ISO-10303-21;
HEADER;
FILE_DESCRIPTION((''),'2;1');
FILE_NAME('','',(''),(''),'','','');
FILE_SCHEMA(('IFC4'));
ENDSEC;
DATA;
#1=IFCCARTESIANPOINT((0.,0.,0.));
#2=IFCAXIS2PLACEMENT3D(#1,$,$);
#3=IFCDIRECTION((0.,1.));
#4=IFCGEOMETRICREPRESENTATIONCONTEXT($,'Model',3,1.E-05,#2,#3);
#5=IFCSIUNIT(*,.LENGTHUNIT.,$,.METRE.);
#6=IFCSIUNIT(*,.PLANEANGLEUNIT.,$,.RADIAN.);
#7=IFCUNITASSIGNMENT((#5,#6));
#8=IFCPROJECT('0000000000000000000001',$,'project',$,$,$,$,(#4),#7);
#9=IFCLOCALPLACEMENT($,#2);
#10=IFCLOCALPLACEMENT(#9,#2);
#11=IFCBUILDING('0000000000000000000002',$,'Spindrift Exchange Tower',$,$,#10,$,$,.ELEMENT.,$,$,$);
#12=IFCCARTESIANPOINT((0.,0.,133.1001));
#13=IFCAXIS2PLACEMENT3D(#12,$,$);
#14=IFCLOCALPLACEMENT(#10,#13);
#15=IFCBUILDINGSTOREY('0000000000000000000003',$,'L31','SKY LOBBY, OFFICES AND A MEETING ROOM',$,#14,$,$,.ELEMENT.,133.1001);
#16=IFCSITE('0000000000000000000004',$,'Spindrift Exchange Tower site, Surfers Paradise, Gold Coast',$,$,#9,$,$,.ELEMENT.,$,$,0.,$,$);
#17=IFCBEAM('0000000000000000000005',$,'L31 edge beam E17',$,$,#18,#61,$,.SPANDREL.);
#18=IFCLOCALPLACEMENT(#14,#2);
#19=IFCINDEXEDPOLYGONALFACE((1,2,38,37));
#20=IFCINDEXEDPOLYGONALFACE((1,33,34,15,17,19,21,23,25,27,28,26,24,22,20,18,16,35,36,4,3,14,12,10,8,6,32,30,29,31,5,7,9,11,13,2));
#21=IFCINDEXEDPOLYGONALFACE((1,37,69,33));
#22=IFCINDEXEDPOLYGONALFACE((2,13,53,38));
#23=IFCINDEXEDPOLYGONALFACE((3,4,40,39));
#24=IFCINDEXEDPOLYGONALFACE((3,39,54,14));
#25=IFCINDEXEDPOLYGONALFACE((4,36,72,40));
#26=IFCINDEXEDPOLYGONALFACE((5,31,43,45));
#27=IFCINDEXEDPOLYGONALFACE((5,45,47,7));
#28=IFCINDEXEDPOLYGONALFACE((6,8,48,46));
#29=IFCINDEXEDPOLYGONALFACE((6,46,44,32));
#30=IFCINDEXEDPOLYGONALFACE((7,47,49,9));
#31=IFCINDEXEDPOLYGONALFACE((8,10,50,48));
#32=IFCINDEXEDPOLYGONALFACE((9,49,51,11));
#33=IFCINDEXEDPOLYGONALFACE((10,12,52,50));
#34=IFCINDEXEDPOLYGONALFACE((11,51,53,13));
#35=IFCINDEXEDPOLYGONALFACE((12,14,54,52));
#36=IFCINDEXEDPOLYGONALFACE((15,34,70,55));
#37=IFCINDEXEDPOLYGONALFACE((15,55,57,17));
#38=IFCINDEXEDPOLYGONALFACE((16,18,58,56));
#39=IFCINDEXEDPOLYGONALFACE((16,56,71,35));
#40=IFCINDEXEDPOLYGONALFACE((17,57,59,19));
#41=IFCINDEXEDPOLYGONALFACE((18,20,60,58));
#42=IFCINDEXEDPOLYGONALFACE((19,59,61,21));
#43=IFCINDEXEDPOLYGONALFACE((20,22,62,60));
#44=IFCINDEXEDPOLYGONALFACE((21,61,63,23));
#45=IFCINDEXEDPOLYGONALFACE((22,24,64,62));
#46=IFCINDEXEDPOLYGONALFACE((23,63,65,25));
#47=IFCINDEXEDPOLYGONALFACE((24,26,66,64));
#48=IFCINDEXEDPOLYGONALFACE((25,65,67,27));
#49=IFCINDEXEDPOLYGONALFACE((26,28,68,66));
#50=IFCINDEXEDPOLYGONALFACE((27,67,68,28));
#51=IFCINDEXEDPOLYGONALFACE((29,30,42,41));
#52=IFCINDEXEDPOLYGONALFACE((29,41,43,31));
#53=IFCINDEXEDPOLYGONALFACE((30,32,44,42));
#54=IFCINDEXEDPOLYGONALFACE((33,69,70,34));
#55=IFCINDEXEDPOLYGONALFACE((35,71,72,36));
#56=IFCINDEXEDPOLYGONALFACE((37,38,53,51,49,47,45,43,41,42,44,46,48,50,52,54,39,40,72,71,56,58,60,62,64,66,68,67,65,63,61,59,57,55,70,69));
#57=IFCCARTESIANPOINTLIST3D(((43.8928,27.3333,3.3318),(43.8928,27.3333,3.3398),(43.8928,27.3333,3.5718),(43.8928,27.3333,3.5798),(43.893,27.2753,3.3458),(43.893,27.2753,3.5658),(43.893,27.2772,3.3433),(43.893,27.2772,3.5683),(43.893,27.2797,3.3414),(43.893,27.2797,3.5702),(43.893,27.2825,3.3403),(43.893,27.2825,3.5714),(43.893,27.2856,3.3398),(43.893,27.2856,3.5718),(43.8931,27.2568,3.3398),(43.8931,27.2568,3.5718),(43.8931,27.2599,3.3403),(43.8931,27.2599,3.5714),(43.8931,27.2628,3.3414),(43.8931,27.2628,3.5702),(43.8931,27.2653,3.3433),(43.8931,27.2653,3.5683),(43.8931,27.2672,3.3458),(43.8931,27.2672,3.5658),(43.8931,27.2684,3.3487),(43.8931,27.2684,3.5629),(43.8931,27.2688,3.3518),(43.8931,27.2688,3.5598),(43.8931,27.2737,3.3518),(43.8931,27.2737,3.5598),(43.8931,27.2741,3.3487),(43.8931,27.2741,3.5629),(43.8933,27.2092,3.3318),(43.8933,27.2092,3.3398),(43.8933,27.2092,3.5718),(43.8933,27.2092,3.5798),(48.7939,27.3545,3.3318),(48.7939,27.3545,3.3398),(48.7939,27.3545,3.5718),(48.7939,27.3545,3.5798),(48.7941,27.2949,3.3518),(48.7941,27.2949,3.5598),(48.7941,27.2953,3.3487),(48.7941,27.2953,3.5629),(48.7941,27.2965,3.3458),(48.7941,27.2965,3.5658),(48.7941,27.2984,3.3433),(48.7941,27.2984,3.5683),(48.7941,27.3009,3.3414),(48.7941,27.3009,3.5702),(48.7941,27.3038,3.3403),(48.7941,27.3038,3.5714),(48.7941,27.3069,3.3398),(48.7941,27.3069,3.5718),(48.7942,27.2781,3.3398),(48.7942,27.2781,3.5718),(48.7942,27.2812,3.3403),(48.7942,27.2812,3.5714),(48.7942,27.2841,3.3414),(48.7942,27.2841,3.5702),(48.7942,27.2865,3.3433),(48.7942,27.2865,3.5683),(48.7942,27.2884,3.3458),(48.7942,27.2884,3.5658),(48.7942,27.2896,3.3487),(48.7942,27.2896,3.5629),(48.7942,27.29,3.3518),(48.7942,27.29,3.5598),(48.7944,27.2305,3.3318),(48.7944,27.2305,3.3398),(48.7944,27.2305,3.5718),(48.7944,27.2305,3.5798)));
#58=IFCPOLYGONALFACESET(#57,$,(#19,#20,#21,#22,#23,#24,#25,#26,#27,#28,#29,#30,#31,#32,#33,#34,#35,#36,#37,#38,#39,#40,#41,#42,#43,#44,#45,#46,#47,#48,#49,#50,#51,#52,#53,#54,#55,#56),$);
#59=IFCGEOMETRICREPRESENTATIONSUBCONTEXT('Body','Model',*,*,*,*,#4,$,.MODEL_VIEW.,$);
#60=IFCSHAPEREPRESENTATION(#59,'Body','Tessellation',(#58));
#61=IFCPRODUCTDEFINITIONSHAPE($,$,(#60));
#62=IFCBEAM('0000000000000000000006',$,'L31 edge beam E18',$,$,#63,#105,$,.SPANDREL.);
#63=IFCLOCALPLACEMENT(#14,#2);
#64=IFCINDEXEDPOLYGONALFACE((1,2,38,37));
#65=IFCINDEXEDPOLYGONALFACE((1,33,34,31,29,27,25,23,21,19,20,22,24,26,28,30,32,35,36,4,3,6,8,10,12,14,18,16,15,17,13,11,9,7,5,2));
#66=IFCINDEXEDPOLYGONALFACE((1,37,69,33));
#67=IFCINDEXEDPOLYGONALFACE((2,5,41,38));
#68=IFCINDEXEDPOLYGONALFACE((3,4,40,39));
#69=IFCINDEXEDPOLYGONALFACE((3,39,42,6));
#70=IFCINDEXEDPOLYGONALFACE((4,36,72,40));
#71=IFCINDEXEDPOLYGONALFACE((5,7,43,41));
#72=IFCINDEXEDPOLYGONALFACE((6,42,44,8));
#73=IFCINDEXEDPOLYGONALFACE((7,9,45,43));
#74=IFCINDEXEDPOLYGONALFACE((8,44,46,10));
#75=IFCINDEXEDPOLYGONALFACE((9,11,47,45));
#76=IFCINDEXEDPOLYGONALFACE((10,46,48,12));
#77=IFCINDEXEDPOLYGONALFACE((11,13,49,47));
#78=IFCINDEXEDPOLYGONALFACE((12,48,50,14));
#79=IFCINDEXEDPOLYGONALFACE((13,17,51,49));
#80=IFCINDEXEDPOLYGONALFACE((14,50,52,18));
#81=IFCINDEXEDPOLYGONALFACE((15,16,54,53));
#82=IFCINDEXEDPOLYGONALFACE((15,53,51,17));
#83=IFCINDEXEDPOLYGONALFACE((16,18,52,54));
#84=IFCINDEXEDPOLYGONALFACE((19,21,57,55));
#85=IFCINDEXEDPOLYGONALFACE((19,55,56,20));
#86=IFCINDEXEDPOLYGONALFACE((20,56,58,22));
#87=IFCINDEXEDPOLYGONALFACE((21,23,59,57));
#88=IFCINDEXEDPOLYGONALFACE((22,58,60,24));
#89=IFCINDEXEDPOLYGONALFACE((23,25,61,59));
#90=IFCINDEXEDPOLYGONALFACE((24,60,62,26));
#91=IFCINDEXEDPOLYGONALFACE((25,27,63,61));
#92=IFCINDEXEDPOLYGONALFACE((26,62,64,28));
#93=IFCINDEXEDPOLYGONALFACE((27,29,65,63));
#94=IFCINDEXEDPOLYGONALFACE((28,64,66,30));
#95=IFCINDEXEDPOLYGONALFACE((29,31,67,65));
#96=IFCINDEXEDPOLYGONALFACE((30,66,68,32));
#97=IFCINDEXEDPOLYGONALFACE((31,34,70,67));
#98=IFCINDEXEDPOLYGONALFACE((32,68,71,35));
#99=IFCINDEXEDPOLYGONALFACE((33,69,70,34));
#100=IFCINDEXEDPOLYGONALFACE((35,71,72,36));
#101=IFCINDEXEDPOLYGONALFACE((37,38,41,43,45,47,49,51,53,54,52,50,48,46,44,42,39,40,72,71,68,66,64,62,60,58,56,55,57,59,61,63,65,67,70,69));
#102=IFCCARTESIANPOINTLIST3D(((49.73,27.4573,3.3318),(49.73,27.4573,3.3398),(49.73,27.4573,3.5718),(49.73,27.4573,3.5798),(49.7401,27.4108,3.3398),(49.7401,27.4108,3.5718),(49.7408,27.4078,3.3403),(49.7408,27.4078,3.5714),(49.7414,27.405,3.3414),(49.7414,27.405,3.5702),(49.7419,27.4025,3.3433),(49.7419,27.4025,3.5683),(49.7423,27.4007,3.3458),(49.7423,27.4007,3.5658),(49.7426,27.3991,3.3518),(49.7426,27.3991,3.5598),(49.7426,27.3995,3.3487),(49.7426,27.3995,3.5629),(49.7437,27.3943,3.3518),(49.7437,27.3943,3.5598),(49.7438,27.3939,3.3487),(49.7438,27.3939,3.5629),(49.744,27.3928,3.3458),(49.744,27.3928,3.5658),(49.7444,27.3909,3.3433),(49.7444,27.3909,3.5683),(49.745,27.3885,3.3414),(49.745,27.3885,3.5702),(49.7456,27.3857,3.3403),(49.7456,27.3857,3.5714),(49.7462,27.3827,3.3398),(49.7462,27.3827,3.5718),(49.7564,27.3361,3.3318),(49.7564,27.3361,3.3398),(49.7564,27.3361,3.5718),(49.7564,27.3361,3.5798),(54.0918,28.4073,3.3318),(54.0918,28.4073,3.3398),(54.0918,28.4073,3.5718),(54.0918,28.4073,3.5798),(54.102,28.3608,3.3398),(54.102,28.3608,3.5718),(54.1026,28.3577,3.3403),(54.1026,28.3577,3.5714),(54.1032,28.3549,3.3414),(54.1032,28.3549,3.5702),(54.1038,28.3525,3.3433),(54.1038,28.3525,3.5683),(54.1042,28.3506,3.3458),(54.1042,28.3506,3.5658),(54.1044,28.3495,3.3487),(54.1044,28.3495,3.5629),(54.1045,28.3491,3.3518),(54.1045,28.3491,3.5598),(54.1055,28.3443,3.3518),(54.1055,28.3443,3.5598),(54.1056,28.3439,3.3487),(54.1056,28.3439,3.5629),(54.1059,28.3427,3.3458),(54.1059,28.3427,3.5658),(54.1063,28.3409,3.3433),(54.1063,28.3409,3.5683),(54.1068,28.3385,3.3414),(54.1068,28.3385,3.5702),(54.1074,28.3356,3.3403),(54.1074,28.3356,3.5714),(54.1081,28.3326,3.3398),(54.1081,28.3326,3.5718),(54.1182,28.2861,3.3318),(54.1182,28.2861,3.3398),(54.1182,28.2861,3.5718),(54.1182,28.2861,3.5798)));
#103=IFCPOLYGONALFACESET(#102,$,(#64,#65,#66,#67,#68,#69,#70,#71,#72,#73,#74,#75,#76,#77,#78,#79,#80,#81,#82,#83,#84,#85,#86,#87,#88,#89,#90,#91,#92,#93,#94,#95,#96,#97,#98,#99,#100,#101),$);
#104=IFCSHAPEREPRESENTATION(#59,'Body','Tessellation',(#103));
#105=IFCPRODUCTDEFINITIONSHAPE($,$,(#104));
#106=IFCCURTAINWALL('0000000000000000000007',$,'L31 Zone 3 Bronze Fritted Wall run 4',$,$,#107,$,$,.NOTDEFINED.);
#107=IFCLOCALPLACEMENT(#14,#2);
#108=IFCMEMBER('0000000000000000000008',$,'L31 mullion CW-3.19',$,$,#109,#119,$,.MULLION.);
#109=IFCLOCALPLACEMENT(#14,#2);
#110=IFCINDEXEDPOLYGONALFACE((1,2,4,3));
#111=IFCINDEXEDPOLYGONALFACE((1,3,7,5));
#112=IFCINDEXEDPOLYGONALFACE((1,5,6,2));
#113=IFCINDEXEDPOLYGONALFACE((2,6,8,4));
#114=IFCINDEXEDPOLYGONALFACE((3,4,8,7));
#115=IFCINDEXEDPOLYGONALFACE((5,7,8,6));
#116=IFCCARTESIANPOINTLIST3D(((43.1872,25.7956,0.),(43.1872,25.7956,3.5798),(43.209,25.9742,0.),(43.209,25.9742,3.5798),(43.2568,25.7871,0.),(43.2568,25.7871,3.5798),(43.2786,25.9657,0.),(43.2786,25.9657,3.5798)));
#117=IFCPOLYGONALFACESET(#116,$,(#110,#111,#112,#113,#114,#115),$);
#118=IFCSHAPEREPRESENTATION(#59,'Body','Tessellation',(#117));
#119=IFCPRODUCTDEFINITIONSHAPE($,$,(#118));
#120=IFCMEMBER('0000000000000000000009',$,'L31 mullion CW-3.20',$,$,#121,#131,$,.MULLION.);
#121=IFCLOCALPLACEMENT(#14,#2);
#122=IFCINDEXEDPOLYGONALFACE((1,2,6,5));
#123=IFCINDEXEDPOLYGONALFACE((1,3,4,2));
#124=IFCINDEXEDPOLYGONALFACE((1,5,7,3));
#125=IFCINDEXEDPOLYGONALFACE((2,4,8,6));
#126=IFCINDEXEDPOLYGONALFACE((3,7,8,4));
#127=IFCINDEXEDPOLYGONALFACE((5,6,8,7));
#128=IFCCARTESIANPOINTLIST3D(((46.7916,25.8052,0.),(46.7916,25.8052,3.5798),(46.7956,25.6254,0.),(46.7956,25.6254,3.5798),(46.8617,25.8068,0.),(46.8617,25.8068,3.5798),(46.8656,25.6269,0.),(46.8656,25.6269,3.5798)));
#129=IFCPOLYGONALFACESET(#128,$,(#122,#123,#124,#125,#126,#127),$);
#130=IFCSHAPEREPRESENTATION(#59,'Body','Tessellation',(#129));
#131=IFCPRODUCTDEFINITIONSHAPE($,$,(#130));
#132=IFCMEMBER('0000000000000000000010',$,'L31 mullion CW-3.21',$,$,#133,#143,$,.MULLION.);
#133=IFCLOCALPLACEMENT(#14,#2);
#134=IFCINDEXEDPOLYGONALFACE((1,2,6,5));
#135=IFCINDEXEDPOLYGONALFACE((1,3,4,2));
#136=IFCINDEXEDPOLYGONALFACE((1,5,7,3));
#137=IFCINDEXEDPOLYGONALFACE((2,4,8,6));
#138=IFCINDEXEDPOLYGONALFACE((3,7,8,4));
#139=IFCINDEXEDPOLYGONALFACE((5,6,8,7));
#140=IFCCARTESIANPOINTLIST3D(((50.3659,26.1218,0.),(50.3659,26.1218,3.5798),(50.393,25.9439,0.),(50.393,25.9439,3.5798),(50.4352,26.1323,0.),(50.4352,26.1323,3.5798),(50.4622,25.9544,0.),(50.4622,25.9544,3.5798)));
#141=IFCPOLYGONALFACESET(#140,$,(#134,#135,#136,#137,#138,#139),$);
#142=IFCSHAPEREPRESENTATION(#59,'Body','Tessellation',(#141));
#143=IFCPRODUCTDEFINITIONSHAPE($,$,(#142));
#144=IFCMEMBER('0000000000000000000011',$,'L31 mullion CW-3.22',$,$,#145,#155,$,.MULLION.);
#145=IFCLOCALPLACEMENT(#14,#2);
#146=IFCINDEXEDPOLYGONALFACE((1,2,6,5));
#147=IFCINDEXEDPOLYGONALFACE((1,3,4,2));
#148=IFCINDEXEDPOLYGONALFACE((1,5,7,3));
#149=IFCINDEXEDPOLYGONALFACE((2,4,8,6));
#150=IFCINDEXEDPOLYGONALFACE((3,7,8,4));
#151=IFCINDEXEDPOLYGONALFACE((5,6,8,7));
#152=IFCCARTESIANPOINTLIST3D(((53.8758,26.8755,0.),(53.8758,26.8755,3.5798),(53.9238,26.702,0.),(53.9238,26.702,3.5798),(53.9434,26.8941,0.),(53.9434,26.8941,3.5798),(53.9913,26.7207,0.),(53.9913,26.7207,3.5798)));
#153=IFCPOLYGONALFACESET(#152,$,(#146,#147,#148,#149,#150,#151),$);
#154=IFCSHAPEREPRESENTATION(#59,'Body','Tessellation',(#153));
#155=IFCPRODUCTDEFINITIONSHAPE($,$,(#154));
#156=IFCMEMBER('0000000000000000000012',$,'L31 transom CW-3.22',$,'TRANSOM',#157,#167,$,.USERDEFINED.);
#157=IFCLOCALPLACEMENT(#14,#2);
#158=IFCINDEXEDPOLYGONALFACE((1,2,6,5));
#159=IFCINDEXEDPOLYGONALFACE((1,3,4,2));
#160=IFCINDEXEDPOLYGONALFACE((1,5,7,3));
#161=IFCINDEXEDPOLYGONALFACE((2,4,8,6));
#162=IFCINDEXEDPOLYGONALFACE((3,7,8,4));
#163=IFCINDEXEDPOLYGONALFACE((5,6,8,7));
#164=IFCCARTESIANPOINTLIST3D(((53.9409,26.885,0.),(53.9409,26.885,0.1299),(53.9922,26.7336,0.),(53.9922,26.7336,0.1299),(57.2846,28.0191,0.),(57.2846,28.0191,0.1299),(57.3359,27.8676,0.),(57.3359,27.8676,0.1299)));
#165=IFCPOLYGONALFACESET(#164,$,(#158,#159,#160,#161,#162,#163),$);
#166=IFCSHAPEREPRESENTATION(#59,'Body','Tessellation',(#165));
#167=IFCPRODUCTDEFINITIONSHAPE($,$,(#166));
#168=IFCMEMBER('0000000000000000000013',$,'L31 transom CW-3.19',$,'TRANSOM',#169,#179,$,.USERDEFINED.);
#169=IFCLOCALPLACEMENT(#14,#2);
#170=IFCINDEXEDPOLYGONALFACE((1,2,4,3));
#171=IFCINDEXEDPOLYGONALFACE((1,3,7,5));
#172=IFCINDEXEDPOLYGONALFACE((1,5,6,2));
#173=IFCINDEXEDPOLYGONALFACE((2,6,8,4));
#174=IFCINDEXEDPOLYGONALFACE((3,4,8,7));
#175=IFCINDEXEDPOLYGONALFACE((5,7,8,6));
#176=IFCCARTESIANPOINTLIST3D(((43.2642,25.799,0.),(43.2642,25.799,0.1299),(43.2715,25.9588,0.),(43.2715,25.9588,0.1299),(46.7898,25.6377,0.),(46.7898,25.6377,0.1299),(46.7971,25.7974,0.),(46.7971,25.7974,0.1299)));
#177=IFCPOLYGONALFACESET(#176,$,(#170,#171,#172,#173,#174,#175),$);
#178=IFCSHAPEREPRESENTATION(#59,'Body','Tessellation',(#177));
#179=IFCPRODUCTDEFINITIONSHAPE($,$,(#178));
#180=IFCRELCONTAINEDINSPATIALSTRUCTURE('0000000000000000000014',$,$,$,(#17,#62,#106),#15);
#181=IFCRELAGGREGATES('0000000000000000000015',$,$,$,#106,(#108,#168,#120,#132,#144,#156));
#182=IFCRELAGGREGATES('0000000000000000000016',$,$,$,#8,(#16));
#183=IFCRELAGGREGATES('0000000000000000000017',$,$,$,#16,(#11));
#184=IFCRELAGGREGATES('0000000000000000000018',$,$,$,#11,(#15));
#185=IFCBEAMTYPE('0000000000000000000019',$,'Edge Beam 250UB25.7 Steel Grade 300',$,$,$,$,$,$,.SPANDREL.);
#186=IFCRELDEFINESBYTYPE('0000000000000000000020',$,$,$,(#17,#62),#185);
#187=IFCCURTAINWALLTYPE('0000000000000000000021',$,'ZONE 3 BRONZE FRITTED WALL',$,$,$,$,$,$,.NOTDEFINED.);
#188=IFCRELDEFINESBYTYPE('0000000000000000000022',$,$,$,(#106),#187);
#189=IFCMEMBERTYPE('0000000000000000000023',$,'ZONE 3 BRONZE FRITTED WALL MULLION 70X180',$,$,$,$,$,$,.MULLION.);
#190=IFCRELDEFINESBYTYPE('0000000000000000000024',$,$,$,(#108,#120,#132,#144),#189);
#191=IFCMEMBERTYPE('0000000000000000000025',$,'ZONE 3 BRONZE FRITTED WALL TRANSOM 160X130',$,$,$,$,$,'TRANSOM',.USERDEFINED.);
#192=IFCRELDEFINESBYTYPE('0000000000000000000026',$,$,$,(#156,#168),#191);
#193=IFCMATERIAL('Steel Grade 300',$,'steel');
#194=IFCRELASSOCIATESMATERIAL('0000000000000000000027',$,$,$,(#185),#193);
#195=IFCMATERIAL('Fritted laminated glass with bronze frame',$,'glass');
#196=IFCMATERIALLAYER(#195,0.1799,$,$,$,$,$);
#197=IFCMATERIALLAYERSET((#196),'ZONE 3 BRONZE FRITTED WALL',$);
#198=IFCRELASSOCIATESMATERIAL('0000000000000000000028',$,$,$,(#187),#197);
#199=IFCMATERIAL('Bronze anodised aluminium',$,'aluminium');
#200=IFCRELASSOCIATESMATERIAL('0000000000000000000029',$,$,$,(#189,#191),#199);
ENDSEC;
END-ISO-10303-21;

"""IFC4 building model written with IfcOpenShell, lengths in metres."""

from ifc_helpers import new_model, si_unit, direction, frame, origin, origin_2d, place, context, subcontext, project, spatial, rectangle, i_section, extrude, source, transform, mapped, material, layer, layer_set, material_profile, profile_set, type_object, element, aggregate, save


model = new_model("IFC4")

# Units and contexts
model_context = context("Model", 3, precision=1e-05, world=origin(), true_north=direction((0.0, 1.0)))
body_context = subcontext(model_context, "Body", "Model", "MODEL_VIEW")
ifc_project = project(units=[si_unit("LENGTHUNIT", "METRE"), si_unit("PLANEANGLEUNIT", "RADIAN")], contexts=[model_context])

# Site, building, storey
site_placement = place(None, origin())
site = spatial("IfcSite", under=ifc_project, at=site_placement, Name="Spindrift Exchange Tower site, Surfers Paradise, Gold Coast", CompositionType="ELEMENT", RefElevation=0.0)
building_placement = place(site_placement, origin())
building = spatial("IfcBuilding", under=site, at=building_placement, Name="Spindrift Exchange Tower", CompositionType="ELEMENT")
storey_placement = place(building_placement, frame((0.0, 0.0, 133.1001)))
storey = spatial("IfcBuildingStorey", under=building, at=storey_placement, Name="L31", Description="SKY LOBBY, OFFICES AND A MEETING ROOM", CompositionType="ELEMENT", Elevation=133.1001)

# Beams
ifc_material_1 = material(Name="Steel Grade 300", Category="steel")
ifc_material_profile_1 = material_profile(ifc_material_1, i_section(OverallWidth=0.124, OverallDepth=0.248, WebThickness=0.0049, FlangeThickness=0.0081, FilletRadius=0.012, at=origin_2d()), Name="250UB25.7")
ifc_profile_set_1 = profile_set([ifc_material_profile_1], Name="Steel Grade 300")
beam_type_1 = type_object("IfcBeamType", Name="Edge Beam 250UB25.7 Steel Grade 300", PredefinedType="SPANDREL", material=ifc_profile_set_1)
shared_shape_1 = source(origin(), body_context, "Body", "SweptSolid", [
    extrude(i_section(OverallWidth=0.124, OverallDepth=0.248, WebThickness=0.0049, FlangeThickness=0.0081, FilletRadius=0.012, at=origin_2d()), origin(), (0.0, 0.0, 1.0), 4.9011),
])
beam_1_placement = place(storey_placement, frame((43.8931, 27.2712, 3.4558), z_axis=(0.999991, 0.004334, 0.0), x_axis=(-0.004334, 0.999991, 0.0)))
element("IfcBeam", 1, at=beam_1_placement, inside=storey, type_object=beam_type_1, Name="L31 edge beam E17", PredefinedType="SPANDREL", context=body_context, shape_type="MappedRepresentation", body=[
    mapped(shared_shape_1, transform((0.0, 0.0, 0.0), scale=1.0)),
])
shared_shape_2 = source(origin(), body_context, "Body", "SweptSolid", [
    extrude(i_section(OverallWidth=0.124, OverallDepth=0.248, WebThickness=0.0049, FlangeThickness=0.0081, FilletRadius=0.012, at=origin_2d()), origin(), (0.0, 0.0, 1.0), 4.4641),
])
beam_2_placement = place(storey_placement, frame((49.7432, 27.3967, 3.4558), z_axis=(0.977096, 0.2128, 0.0), x_axis=(-0.2128, 0.977096, 0.0)))
element("IfcBeam", 2, at=beam_2_placement, inside=storey, type_object=beam_type_1, Name="L31 edge beam E18", PredefinedType="SPANDREL", context=body_context, shape_type="MappedRepresentation", body=[
    mapped(shared_shape_2, transform((0.0, 0.0, 0.0), scale=1.0)),
])

# Curtain wall, members
ifc_material_2 = material(Name="Fritted laminated glass with bronze frame", Category="glass")
ifc_layer_1 = layer(ifc_material_2, 0.1799)
ifc_layer_set_1 = layer_set([ifc_layer_1], Name="ZONE 3 BRONZE FRITTED WALL")
curtain_wall_type = type_object("IfcCurtainWallType", Name="ZONE 3 BRONZE FRITTED WALL", PredefinedType="NOTDEFINED", material=ifc_layer_set_1)
curtain_wall_placement = place(storey_placement, origin())
curtain_wall = element("IfcCurtainWall", 3, at=curtain_wall_placement, inside=storey, type_object=curtain_wall_type, Name="L31 Zone 3 Bronze Fritted Wall run 4", PredefinedType="NOTDEFINED")
ifc_material_3 = material(Name="Bronze anodised aluminium", Category="aluminium")
ifc_material_profile_2 = material_profile(ifc_material_3, rectangle(XDim=0.0701, YDim=0.1799, at=origin_2d()), Name="ZONE 3 BRONZE FRITTED WALL MULLION 70X180")
ifc_profile_set_2 = profile_set([ifc_material_profile_2], Name="Bronze anodised aluminium")
member_type_1 = type_object("IfcMemberType", Name="ZONE 3 BRONZE FRITTED WALL MULLION 70X180", PredefinedType="MULLION", material=ifc_profile_set_2)
shared_shape_3 = source(origin(), body_context, "Body", "SweptSolid", [
    extrude(rectangle(XDim=0.0701, YDim=0.1799, at=origin_2d()), origin(), (0.0, 0.0, 1.0), 3.5798),
])
member_1_placement = place(storey_placement, frame((43.2329, 25.8806, 0.0), z_axis=(0.0, 0.0, 1.0), x_axis=(0.992633, -0.121163, 0.0)))
member_1 = element("IfcMember", 4, at=member_1_placement, type_object=member_type_1, Name="L31 mullion CW-3.19", PredefinedType="MULLION", context=body_context, shape_type="MappedRepresentation", body=[
    mapped(shared_shape_3, transform((0.0, 0.0, 0.0), scale=1.0)),
])
member_2_placement = place(storey_placement, frame((46.8286, 25.7161, 0.0), z_axis=(0.0, 0.0, 1.0), x_axis=(0.99976, 0.021921, 0.0)))
member_2 = element("IfcMember", 5, at=member_2_placement, type_object=member_type_1, Name="L31 mullion CW-3.20", PredefinedType="MULLION", context=body_context, shape_type="MappedRepresentation", body=[
    mapped(shared_shape_3, transform((0.0, 0.0, 0.0), scale=1.0)),
])
member_3_placement = place(storey_placement, frame((50.4141, 26.0381, 0.0), z_axis=(0.0, 0.0, 1.0), x_axis=(0.988603, 0.150547, 0.0)))
member_3 = element("IfcMember", 6, at=member_3_placement, type_object=member_type_1, Name="L31 mullion CW-3.21", PredefinedType="MULLION", context=body_context, shape_type="MappedRepresentation", body=[
    mapped(shared_shape_3, transform((0.0, 0.0, 0.0), scale=1.0)),
])
member_4_placement = place(storey_placement, frame((53.9336, 26.7981, 0.0), z_axis=(0.0, 0.0, 1.0), x_axis=(0.963816, 0.26657, 0.0)))
member_4 = element("IfcMember", 7, at=member_4_placement, type_object=member_type_1, Name="L31 mullion CW-3.22", PredefinedType="MULLION", context=body_context, shape_type="MappedRepresentation", body=[
    mapped(shared_shape_3, transform((0.0, 0.0, 0.0), scale=1.0)),
])
ifc_material_profile_3 = material_profile(ifc_material_3, rectangle(XDim=0.1599, YDim=0.1299, at=origin_2d()), Name="ZONE 3 BRONZE FRITTED WALL TRANSOM 160X130")
ifc_profile_set_3 = profile_set([ifc_material_profile_3], Name="Bronze anodised aluminium")
member_type_2 = type_object("IfcMemberType", Name="ZONE 3 BRONZE FRITTED WALL TRANSOM 160X130", ElementType="TRANSOM", PredefinedType="USERDEFINED", material=ifc_profile_set_3)
shared_shape_4 = source(origin(), body_context, "Body", "SweptSolid", [
    extrude(rectangle(XDim=0.1599, YDim=0.1299, at=origin_2d()), origin(), (0.0, 0.0, 1.0), 3.5308),
])
member_5_placement = place(storey_placement, frame((53.9666, 26.8093, 0.0649), z_axis=(0.947018, 0.321181, 0.0), x_axis=(-0.321181, 0.947018, 0.0)))
member_5 = element("IfcMember", 8, at=member_5_placement, type_object=member_type_2, Name="L31 transom CW-3.22", ObjectType="TRANSOM", PredefinedType="USERDEFINED", context=body_context, shape_type="MappedRepresentation", body=[
    mapped(shared_shape_4, transform((0.0, 0.0, 0.0), scale=1.0)),
])
shared_shape_5 = source(origin(), body_context, "Body", "SweptSolid", [
    extrude(rectangle(XDim=0.1599, YDim=0.1299, at=origin_2d()), origin(), (0.0, 0.0, 1.0), 3.5293),
])
member_6_placement = place(storey_placement, frame((43.2678, 25.8789, 0.0649), z_axis=(0.998954, -0.045725, 0.0), x_axis=(0.045725, 0.998954, 0.0)))
member_6 = element("IfcMember", 9, at=member_6_placement, type_object=member_type_2, Name="L31 transom CW-3.19", ObjectType="TRANSOM", PredefinedType="USERDEFINED", context=body_context, shape_type="MappedRepresentation", body=[
    mapped(shared_shape_5, transform((0.0, 0.0, 0.0), scale=1.0)),
])
aggregate(curtain_wall, [member_1, member_6, member_2, member_3, member_4, member_5])

save(model, "model.ifc")
